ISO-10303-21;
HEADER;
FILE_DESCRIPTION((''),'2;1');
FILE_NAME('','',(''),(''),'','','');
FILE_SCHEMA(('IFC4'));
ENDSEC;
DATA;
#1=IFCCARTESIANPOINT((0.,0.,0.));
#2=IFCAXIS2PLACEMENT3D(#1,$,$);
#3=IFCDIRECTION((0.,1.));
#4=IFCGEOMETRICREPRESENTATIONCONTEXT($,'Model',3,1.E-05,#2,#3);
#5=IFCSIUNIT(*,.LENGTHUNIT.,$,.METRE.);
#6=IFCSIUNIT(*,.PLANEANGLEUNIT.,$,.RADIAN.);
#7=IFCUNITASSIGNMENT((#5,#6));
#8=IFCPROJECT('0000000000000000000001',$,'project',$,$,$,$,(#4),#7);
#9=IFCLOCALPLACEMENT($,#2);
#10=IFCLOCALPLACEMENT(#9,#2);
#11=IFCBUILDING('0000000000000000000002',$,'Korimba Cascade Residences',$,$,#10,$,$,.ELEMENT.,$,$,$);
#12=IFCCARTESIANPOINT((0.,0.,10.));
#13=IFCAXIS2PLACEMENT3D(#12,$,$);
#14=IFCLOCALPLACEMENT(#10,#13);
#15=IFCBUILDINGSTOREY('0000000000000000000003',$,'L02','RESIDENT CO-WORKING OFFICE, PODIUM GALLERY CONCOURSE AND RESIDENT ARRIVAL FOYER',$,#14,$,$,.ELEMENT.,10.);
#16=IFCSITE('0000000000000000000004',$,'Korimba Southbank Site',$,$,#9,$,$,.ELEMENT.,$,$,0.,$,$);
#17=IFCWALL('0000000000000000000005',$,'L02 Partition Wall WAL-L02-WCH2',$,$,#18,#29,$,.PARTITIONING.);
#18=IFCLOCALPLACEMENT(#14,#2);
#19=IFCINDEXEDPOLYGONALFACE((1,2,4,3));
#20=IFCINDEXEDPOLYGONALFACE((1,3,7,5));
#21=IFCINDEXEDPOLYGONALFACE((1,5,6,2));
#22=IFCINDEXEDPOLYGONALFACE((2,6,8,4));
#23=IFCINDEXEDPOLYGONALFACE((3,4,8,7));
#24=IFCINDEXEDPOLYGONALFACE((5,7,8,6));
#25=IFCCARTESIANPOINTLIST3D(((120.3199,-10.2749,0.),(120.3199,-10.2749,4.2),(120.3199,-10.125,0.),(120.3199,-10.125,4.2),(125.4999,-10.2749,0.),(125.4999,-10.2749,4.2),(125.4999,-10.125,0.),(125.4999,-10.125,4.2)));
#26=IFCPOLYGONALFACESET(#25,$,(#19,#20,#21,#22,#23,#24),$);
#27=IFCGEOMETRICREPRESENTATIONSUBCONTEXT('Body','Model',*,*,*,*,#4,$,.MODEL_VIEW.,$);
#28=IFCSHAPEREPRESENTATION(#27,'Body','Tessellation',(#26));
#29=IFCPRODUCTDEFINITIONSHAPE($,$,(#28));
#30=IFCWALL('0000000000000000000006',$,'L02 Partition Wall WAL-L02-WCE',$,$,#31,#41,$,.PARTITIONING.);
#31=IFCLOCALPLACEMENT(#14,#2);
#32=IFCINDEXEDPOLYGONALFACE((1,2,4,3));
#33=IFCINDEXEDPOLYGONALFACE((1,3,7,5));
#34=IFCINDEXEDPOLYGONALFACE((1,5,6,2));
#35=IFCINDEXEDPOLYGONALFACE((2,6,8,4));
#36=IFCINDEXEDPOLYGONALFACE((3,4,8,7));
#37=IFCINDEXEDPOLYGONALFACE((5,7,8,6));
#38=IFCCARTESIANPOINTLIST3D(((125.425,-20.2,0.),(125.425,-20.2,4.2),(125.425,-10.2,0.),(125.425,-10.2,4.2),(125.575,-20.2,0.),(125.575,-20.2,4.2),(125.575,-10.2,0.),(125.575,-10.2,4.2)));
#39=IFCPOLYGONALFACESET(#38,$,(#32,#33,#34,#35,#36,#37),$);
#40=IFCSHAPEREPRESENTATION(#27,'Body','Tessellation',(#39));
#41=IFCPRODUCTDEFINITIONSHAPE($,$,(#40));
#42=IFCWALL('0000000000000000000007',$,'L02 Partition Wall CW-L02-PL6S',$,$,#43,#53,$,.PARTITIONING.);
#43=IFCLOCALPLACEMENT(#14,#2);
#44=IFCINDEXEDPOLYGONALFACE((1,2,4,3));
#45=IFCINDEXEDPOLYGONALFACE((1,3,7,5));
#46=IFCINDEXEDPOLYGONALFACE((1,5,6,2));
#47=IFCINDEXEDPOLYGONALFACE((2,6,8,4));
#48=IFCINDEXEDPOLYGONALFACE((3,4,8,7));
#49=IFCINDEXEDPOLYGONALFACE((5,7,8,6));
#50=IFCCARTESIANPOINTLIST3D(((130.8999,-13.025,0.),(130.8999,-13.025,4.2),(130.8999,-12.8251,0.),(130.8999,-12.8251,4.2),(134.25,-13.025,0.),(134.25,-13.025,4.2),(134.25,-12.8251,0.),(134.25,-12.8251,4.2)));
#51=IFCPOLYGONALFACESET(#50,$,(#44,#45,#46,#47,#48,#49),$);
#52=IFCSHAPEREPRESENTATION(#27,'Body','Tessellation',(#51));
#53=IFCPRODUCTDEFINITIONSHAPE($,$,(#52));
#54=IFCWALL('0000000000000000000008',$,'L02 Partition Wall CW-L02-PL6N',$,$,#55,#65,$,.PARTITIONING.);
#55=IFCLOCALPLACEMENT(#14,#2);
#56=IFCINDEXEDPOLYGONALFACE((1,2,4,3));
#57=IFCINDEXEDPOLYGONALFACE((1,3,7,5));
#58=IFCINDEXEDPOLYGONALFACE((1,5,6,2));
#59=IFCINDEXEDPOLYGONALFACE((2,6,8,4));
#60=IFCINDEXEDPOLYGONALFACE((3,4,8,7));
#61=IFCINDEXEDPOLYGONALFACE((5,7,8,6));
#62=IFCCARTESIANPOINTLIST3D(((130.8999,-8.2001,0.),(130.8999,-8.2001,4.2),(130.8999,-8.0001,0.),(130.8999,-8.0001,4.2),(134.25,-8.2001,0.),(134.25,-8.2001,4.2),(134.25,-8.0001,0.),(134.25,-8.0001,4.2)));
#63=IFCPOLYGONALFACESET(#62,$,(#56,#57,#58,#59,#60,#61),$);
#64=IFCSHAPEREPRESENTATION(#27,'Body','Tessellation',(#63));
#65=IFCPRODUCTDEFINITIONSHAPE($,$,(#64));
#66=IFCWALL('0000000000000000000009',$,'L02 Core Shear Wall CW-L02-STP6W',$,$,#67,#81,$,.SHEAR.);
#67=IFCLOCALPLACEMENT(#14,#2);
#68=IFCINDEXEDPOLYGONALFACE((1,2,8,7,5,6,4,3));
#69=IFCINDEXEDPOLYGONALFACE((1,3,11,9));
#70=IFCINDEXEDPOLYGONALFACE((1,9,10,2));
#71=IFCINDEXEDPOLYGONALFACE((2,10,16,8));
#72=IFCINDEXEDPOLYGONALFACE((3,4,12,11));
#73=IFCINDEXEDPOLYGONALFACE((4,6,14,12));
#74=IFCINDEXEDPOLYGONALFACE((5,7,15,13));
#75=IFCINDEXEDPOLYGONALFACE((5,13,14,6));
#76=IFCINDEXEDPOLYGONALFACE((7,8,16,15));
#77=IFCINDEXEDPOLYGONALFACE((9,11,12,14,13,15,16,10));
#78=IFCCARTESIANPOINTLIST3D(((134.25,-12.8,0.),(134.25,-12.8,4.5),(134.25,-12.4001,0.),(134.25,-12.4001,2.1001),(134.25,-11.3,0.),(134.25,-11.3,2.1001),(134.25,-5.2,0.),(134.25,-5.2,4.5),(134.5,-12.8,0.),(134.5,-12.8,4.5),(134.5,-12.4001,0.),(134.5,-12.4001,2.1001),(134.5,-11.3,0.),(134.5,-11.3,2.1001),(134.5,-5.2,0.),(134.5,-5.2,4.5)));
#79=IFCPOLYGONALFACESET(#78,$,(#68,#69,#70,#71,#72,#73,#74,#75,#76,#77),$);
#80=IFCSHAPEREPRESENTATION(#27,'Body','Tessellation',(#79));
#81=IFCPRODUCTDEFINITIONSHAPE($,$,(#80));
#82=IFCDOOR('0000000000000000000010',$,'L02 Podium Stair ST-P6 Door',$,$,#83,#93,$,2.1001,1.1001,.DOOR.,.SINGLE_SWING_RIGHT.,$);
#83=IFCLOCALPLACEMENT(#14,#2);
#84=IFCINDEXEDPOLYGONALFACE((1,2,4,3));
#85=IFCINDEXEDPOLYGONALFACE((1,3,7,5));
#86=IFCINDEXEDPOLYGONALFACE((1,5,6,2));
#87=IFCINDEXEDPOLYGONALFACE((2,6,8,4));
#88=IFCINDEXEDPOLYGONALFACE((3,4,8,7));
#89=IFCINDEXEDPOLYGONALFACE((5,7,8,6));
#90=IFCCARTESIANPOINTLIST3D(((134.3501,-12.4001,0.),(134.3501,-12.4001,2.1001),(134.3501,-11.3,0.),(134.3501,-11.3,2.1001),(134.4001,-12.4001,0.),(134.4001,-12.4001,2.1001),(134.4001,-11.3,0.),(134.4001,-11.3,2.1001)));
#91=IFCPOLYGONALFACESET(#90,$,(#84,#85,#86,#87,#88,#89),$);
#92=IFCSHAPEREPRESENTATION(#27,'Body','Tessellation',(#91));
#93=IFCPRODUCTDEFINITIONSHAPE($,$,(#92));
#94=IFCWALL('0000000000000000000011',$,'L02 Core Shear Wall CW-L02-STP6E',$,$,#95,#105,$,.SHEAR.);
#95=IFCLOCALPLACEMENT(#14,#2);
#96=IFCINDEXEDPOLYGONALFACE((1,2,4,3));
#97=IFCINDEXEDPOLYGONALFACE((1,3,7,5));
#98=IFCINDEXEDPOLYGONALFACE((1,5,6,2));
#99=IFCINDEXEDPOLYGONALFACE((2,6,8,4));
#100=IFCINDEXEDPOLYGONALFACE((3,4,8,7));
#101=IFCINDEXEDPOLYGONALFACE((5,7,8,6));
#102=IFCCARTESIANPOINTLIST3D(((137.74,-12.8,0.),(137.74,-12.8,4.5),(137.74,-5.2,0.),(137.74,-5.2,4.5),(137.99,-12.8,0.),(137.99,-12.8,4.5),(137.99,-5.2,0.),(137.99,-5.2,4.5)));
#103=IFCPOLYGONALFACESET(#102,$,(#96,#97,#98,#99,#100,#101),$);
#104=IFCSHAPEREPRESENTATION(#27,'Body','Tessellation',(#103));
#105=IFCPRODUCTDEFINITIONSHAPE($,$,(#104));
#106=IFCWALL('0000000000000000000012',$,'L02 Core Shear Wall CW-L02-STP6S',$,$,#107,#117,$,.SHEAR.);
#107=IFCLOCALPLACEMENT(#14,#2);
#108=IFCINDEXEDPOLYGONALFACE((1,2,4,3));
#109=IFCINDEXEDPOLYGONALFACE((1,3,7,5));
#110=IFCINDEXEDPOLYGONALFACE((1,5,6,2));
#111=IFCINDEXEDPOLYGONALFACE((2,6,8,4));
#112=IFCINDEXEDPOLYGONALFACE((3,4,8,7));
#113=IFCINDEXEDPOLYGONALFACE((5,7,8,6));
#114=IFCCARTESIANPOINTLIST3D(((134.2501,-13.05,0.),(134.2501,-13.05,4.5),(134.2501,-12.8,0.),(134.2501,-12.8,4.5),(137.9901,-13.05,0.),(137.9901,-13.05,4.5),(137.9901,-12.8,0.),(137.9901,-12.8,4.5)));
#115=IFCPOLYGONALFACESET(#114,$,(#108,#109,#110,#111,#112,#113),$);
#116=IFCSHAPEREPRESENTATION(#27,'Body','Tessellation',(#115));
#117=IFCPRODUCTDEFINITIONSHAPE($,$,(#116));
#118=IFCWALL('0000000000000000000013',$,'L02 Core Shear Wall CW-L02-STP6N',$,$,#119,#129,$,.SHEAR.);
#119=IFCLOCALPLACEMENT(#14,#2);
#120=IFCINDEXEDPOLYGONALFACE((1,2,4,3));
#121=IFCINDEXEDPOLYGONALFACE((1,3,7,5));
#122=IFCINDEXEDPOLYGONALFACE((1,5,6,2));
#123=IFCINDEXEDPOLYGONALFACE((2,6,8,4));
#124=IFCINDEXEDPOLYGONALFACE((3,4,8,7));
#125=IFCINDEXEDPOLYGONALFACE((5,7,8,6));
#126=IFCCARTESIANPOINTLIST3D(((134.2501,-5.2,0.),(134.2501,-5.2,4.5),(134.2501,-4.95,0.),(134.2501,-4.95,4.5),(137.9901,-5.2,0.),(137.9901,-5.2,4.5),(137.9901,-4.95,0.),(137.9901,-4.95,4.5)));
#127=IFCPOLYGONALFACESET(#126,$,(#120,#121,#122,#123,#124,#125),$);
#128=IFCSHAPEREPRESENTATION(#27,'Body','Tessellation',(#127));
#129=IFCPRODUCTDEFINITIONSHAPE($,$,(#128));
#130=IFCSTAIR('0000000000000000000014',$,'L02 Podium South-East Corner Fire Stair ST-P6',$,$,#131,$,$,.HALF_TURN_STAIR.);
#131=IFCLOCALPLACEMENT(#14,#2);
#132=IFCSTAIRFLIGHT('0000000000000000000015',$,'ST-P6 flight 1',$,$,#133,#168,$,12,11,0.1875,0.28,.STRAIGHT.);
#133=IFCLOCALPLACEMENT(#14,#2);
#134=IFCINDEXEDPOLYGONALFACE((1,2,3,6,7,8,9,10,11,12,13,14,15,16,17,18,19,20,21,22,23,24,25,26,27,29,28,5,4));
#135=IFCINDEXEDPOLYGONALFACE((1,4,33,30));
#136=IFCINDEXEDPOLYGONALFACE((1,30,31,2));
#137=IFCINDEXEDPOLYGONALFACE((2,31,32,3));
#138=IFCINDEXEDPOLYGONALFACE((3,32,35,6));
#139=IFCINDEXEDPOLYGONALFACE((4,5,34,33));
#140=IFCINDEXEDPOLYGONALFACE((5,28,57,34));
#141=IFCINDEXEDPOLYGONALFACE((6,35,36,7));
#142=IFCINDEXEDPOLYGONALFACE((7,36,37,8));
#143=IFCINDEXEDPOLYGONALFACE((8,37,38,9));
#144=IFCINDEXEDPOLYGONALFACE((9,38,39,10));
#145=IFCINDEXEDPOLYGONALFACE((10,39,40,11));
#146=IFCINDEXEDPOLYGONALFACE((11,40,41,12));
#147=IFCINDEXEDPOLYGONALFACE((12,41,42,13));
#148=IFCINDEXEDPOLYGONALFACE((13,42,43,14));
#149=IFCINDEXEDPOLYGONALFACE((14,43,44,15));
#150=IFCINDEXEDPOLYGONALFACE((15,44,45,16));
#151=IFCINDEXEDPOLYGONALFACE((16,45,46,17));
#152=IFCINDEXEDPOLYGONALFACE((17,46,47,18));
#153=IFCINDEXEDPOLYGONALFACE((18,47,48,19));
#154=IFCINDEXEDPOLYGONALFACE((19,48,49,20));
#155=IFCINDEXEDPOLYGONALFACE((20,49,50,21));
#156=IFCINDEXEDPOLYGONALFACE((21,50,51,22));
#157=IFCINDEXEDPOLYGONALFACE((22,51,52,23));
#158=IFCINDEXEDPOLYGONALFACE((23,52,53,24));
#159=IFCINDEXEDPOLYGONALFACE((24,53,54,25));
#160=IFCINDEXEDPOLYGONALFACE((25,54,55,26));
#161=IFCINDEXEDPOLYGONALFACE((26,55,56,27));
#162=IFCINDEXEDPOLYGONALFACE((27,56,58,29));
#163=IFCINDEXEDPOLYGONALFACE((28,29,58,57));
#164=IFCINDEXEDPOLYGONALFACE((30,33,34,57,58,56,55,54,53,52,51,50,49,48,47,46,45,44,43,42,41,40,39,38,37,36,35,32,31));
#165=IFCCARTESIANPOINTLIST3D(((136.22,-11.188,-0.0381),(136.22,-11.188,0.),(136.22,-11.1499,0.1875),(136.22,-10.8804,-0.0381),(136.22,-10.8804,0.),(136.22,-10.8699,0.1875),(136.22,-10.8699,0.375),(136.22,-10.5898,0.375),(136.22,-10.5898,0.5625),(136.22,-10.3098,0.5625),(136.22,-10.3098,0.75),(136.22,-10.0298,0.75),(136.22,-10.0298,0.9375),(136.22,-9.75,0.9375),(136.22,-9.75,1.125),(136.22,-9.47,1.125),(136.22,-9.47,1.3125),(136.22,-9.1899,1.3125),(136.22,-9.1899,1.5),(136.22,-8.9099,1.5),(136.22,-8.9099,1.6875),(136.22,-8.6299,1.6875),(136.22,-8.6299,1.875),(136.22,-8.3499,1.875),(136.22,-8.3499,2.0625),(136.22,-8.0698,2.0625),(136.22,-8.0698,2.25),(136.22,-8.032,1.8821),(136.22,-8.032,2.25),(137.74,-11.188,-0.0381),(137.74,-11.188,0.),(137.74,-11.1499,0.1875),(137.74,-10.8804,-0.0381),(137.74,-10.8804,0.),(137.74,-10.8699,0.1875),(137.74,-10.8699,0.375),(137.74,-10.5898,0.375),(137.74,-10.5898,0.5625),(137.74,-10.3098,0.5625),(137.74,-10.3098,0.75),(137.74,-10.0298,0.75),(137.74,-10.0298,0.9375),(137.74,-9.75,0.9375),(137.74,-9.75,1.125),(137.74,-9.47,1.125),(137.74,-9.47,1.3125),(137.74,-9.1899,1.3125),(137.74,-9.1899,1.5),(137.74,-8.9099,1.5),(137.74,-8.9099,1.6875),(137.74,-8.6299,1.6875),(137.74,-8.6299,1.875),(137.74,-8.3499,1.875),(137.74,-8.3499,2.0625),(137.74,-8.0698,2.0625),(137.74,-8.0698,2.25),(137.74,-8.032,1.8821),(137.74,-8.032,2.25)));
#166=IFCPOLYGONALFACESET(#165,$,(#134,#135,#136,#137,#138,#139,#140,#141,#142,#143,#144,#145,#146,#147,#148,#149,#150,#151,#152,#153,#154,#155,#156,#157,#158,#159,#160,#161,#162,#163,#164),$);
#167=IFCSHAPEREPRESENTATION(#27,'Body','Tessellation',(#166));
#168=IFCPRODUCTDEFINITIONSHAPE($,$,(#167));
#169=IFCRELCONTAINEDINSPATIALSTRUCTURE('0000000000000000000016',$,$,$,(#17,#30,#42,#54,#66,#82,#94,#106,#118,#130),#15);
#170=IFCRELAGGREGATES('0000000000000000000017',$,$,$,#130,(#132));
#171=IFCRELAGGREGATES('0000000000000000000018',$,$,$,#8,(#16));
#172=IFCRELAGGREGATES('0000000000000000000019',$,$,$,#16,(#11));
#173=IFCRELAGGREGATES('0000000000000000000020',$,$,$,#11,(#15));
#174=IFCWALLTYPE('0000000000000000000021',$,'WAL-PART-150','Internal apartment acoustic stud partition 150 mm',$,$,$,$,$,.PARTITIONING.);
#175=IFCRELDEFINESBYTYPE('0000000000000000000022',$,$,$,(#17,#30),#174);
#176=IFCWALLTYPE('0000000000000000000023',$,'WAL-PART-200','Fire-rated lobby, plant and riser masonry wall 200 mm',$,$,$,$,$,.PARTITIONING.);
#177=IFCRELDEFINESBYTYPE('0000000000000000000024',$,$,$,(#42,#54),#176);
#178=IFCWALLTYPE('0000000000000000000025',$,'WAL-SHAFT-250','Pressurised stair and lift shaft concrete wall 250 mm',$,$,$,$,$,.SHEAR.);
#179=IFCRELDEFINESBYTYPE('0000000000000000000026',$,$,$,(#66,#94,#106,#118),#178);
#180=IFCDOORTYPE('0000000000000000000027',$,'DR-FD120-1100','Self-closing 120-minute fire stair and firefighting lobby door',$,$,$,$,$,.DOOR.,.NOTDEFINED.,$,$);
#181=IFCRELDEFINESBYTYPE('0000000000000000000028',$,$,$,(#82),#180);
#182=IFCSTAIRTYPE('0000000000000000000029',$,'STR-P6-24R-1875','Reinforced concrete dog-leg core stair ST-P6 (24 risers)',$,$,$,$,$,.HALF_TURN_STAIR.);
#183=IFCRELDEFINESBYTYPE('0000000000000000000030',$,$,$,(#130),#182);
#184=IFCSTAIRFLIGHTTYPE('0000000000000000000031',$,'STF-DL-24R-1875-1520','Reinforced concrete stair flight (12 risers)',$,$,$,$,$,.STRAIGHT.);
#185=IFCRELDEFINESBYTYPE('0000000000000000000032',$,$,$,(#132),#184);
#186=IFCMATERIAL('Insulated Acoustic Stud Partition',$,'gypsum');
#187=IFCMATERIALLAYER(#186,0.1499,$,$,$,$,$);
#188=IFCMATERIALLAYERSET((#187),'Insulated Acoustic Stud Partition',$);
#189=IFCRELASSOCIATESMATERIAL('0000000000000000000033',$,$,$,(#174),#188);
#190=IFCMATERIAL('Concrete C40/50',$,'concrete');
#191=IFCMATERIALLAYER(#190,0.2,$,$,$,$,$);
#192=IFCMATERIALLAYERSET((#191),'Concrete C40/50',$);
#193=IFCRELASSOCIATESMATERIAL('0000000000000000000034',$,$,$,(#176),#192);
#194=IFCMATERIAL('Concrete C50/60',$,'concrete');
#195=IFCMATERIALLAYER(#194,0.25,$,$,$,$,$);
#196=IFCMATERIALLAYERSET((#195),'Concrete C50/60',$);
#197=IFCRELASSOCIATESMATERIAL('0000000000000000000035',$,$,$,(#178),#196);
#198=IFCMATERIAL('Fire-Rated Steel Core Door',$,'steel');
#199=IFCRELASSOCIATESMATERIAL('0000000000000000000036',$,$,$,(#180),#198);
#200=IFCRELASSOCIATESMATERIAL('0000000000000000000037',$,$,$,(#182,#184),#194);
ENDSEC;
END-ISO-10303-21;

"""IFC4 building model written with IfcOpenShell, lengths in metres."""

from ifc_helpers import new_model, si_unit, direction, frame, frame_2d, origin, place, context, subcontext, project, spatial, polyline, rectangle, outline, extrude, material, layer, layer_set, type_object, element, fill, aggregate, save


model = new_model("IFC4")

# Units and contexts
model_context = context("Model", 3, precision=1e-05, world=origin(), true_north=direction((0.0, 1.0)))
body_context = subcontext(model_context, "Body", "Model", "MODEL_VIEW")
ifc_project = project(units=[si_unit("LENGTHUNIT", "METRE"), si_unit("PLANEANGLEUNIT", "RADIAN")], contexts=[model_context])

# Site, building, storey
site_placement = place(None, origin())
site = spatial("IfcSite", under=ifc_project, at=site_placement, Name="Korimba Southbank Site", CompositionType="ELEMENT", RefElevation=0.0)
building_placement = place(site_placement, origin())
building = spatial("IfcBuilding", under=site, at=building_placement, Name="Korimba Cascade Residences", CompositionType="ELEMENT")
storey_placement = place(building_placement, frame((0.0, 0.0, 10.0)))
storey = spatial("IfcBuildingStorey", under=building, at=storey_placement, Name="L02", Description="RESIDENT CO-WORKING OFFICE, PODIUM GALLERY CONCOURSE AND RESIDENT ARRIVAL FOYER", CompositionType="ELEMENT", Elevation=10.0)

# Shared definitions
ifc_material_1 = material(Name="Concrete C50/60", Category="concrete")

# Walls
ifc_material_2 = material(Name="Insulated Acoustic Stud Partition", Category="gypsum")
ifc_layer_1 = layer(ifc_material_2, 0.1499)
ifc_layer_set_1 = layer_set([ifc_layer_1], Name="Insulated Acoustic Stud Partition")
wall_type_1 = type_object("IfcWallType", Name="WAL-PART-150", Description="Internal apartment acoustic stud partition 150 mm", PredefinedType="PARTITIONING", material=ifc_layer_set_1)
for number, where, z_axis, x_axis, name in (
    (1, (120.3201, -10.2, 0.0), (0.0, 0.0, 1.0), (1.0, 0.0, 0.0), "L02 Partition Wall WAL-L02-WCH2"),
):
    element("IfcWall", number, at=place(storey_placement, frame(where, z_axis=z_axis, x_axis=x_axis)), inside=storey, type_object=wall_type_1, Name=name, PredefinedType="PARTITIONING", context=body_context, shape_type="SweptSolid", body=[
        extrude(rectangle(XDim=5.1799, YDim=0.1499, at=frame_2d((2.5898, 0.0))), origin(), (0.0, 0.0, 1.0), 4.2),
    ])
wall_1_placement = place(storey_placement, frame((125.5, -20.2, 0.0), z_axis=(0.0, 0.0, 1.0), x_axis=(0.0, 1.0, 0.0)))
element("IfcWall", 2, at=wall_1_placement, inside=storey, type_object=wall_type_1, Name="L02 Partition Wall WAL-L02-WCE", PredefinedType="PARTITIONING", context=body_context, shape_type="SweptSolid", body=[
    extrude(rectangle(XDim=10.0, YDim=0.1499, at=frame_2d((5.0, 0.0))), origin(), (0.0, 0.0, 1.0), 4.2),
])

# Shared definitions
ifc_material_3 = material(Name="Concrete C40/50", Category="concrete")
ifc_layer_2 = layer(ifc_material_3, 0.2)
ifc_layer_set_2 = layer_set([ifc_layer_2], Name="Concrete C40/50")
wall_type_2 = type_object("IfcWallType", Name="WAL-PART-200", Description="Fire-rated lobby, plant and riser masonry wall 200 mm", PredefinedType="PARTITIONING", material=ifc_layer_set_2)

# Walls
for number, where, z_axis, x_axis, name in (
    (3, (130.8999, -12.925, 0.0), (0.0, 0.0, 1.0), (1.0, 0.0, 0.0), "L02 Partition Wall CW-L02-PL6S"),
    (4, (130.8999, -8.1001, 0.0), (0.0, 0.0, 1.0), (1.0, 0.0, 0.0), "L02 Partition Wall CW-L02-PL6N"),
):
    element("IfcWall", number, at=place(storey_placement, frame(where, z_axis=z_axis, x_axis=x_axis)), inside=storey, type_object=wall_type_2, Name=name, PredefinedType="PARTITIONING", context=body_context, shape_type="SweptSolid", body=[
        extrude(rectangle(XDim=3.3501, YDim=0.2, at=frame_2d((1.675, 0.0))), origin(), (0.0, 0.0, 1.0), 4.2),
    ])

# Wall, opening, door
ifc_layer_3 = layer(ifc_material_1, 0.25)
ifc_layer_set_3 = layer_set([ifc_layer_3], Name="Concrete C50/60")
wall_type_3 = type_object("IfcWallType", Name="WAL-SHAFT-250", Description="Pressurised stair and lift shaft concrete wall 250 mm", PredefinedType="SHEAR", material=ifc_layer_set_3)
wall_2_placement = place(storey_placement, frame((134.375, -12.8, 0.0), z_axis=(0.0, 0.0, 1.0), x_axis=(0.0, 1.0, 0.0)))
wall_2 = element("IfcWall", 5, at=wall_2_placement, inside=storey, type_object=wall_type_3, Name="L02 Core Shear Wall CW-L02-STP6W", PredefinedType="SHEAR", context=body_context, shape_type="SweptSolid", body=[
    extrude(rectangle(XDim=7.6001, YDim=0.25, at=frame_2d((3.8, 0.0))), origin(), (0.0, 0.0, 1.0), 4.5),
])
opening_1_placement = place(wall_2_placement, frame((0.3999, 0.0, 0.0)))
opening_1 = element("IfcOpeningElement", 6, at=opening_1_placement, cuts=wall_2, PredefinedType="OPENING", context=body_context, shape_type="SweptSolid", body=[
    extrude(rectangle(XDim=1.1001, YDim=2.1001, at=frame_2d((0.55, 1.05))), frame((0.0, 0.135, 0.0), z_axis=(0.0, -1.0, 0.0), x_axis=(1.0, 0.0, 0.0)), (0.0, 0.0, 1.0), 0.27),
])
ifc_material_4 = material(Name="Fire-Rated Steel Core Door", Category="steel")
door_type_1 = type_object("IfcDoorType", Name="DR-FD120-1100", Description="Self-closing 120-minute fire stair and firefighting lobby door", OperationType="NOTDEFINED", PredefinedType="DOOR", material=ifc_material_4)
door_1_placement = place(opening_1_placement, origin())
door_1 = element("IfcDoor", 7, at=door_1_placement, inside=storey, type_object=door_type_1, Name="L02 Podium Stair ST-P6 Door", OperationType="SINGLE_SWING_RIGHT", OverallHeight=2.1001, OverallWidth=1.1001, PredefinedType="DOOR", context=body_context, shape_type="SweptSolid", body=[
    extrude(rectangle(XDim=1.1001, YDim=2.1001, at=frame_2d((0.55, 1.05))), frame((0.0, 0.0249, 0.0), z_axis=(0.0, -1.0, 0.0), x_axis=(1.0, 0.0, 0.0)), (0.0, 0.0, 1.0), 0.05),
])
fill(opening_1, door_1)

# Walls
wall_3_placement = place(storey_placement, frame((137.865, -12.8, 0.0), z_axis=(0.0, 0.0, 1.0), x_axis=(0.0, 1.0, 0.0)))
element("IfcWall", 8, at=wall_3_placement, inside=storey, type_object=wall_type_3, Name="L02 Core Shear Wall CW-L02-STP6E", PredefinedType="SHEAR", context=body_context, shape_type="SweptSolid", body=[
    extrude(rectangle(XDim=7.6001, YDim=0.25, at=frame_2d((3.8, 0.0))), origin(), (0.0, 0.0, 1.0), 4.5),
])
for number, where, z_axis, x_axis, name in (
    (9, (134.25, -12.925, 0.0), (0.0, 0.0, 1.0), (1.0, 0.0, 0.0), "L02 Core Shear Wall CW-L02-STP6S"),
    (10, (134.25, -5.075, 0.0), (0.0, 0.0, 1.0), (1.0, 0.0, 0.0), "L02 Core Shear Wall CW-L02-STP6N"),
):
    element("IfcWall", number, at=place(storey_placement, frame(where, z_axis=z_axis, x_axis=x_axis)), inside=storey, type_object=wall_type_3, Name=name, PredefinedType="SHEAR", context=body_context, shape_type="SweptSolid", body=[
        extrude(rectangle(XDim=3.74, YDim=0.25, at=frame_2d((1.8701, 0.0))), origin(), (0.0, 0.0, 1.0), 4.5),
    ])

# Stair, stair flight
stair_type = type_object("IfcStairType", Name="STR-P6-24R-1875", Description="Reinforced concrete dog-leg core stair ST-P6 (24 risers)", PredefinedType="HALF_TURN_STAIR", material=ifc_material_1)
stair_placement = place(storey_placement, origin())
stair = element("IfcStair", 11, at=stair_placement, inside=storey, type_object=stair_type, Name="L02 Podium South-East Corner Fire Stair ST-P6", PredefinedType="HALF_TURN_STAIR")
stair_flight_type = type_object("IfcStairFlightType", Name="STF-DL-24R-1875-1520", Description="Reinforced concrete stair flight (12 risers)", PredefinedType="STRAIGHT", material=ifc_material_1)
stair_flight_1_placement = place(storey_placement, frame((136.98, -11.1499, 0.0), z_axis=(0.0, 0.0, 1.0), x_axis=(0.0, 1.0, 0.0)))
stair_flight_1 = element("IfcStairFlight", 12, at=stair_flight_1_placement, type_object=stair_flight_type, Name="ST-P6 flight 1", NumberOfRisers=12, NumberOfTreads=11, PredefinedType="STRAIGHT", RiserHeight=0.1875, TreadLength=0.28, context=body_context, shape_type="SweptSolid", body=[
    extrude(outline(polyline([(-0.0381, 0.0), (0.0, 0.1875), (0.28, 0.1875), (0.28, 0.375), (0.5601, 0.375), (0.5601, 0.5625), (0.8401, 0.5625), (0.8401, 0.75), (1.1201, 0.75), (1.1201, 0.9375), (1.3999, 0.9375), (1.3999, 1.125), (1.6799, 1.125), (1.6799, 1.3125), (1.96, 1.3125), (1.96, 1.5), (2.24, 1.5), (2.24, 1.6875), (2.52, 1.6875), (2.52, 1.875), (2.8, 1.875), (2.8, 2.0625), (3.0801, 2.0625), (3.0801, 2.25), (3.1179, 2.25), (3.1179, 1.8821), (0.2695, 0.0), (0.2695, -0.0381), (-0.0381, -0.0381), (-0.0381, 0.0)])), frame((0.0, 0.76, 0.0), z_axis=(0.0, -1.0, 0.0), x_axis=(1.0, 0.0, 0.0)), (0.0, 0.0, 1.0), 1.52),
])
aggregate(stair, [stair_flight_1])

save(model, "model.ifc")
